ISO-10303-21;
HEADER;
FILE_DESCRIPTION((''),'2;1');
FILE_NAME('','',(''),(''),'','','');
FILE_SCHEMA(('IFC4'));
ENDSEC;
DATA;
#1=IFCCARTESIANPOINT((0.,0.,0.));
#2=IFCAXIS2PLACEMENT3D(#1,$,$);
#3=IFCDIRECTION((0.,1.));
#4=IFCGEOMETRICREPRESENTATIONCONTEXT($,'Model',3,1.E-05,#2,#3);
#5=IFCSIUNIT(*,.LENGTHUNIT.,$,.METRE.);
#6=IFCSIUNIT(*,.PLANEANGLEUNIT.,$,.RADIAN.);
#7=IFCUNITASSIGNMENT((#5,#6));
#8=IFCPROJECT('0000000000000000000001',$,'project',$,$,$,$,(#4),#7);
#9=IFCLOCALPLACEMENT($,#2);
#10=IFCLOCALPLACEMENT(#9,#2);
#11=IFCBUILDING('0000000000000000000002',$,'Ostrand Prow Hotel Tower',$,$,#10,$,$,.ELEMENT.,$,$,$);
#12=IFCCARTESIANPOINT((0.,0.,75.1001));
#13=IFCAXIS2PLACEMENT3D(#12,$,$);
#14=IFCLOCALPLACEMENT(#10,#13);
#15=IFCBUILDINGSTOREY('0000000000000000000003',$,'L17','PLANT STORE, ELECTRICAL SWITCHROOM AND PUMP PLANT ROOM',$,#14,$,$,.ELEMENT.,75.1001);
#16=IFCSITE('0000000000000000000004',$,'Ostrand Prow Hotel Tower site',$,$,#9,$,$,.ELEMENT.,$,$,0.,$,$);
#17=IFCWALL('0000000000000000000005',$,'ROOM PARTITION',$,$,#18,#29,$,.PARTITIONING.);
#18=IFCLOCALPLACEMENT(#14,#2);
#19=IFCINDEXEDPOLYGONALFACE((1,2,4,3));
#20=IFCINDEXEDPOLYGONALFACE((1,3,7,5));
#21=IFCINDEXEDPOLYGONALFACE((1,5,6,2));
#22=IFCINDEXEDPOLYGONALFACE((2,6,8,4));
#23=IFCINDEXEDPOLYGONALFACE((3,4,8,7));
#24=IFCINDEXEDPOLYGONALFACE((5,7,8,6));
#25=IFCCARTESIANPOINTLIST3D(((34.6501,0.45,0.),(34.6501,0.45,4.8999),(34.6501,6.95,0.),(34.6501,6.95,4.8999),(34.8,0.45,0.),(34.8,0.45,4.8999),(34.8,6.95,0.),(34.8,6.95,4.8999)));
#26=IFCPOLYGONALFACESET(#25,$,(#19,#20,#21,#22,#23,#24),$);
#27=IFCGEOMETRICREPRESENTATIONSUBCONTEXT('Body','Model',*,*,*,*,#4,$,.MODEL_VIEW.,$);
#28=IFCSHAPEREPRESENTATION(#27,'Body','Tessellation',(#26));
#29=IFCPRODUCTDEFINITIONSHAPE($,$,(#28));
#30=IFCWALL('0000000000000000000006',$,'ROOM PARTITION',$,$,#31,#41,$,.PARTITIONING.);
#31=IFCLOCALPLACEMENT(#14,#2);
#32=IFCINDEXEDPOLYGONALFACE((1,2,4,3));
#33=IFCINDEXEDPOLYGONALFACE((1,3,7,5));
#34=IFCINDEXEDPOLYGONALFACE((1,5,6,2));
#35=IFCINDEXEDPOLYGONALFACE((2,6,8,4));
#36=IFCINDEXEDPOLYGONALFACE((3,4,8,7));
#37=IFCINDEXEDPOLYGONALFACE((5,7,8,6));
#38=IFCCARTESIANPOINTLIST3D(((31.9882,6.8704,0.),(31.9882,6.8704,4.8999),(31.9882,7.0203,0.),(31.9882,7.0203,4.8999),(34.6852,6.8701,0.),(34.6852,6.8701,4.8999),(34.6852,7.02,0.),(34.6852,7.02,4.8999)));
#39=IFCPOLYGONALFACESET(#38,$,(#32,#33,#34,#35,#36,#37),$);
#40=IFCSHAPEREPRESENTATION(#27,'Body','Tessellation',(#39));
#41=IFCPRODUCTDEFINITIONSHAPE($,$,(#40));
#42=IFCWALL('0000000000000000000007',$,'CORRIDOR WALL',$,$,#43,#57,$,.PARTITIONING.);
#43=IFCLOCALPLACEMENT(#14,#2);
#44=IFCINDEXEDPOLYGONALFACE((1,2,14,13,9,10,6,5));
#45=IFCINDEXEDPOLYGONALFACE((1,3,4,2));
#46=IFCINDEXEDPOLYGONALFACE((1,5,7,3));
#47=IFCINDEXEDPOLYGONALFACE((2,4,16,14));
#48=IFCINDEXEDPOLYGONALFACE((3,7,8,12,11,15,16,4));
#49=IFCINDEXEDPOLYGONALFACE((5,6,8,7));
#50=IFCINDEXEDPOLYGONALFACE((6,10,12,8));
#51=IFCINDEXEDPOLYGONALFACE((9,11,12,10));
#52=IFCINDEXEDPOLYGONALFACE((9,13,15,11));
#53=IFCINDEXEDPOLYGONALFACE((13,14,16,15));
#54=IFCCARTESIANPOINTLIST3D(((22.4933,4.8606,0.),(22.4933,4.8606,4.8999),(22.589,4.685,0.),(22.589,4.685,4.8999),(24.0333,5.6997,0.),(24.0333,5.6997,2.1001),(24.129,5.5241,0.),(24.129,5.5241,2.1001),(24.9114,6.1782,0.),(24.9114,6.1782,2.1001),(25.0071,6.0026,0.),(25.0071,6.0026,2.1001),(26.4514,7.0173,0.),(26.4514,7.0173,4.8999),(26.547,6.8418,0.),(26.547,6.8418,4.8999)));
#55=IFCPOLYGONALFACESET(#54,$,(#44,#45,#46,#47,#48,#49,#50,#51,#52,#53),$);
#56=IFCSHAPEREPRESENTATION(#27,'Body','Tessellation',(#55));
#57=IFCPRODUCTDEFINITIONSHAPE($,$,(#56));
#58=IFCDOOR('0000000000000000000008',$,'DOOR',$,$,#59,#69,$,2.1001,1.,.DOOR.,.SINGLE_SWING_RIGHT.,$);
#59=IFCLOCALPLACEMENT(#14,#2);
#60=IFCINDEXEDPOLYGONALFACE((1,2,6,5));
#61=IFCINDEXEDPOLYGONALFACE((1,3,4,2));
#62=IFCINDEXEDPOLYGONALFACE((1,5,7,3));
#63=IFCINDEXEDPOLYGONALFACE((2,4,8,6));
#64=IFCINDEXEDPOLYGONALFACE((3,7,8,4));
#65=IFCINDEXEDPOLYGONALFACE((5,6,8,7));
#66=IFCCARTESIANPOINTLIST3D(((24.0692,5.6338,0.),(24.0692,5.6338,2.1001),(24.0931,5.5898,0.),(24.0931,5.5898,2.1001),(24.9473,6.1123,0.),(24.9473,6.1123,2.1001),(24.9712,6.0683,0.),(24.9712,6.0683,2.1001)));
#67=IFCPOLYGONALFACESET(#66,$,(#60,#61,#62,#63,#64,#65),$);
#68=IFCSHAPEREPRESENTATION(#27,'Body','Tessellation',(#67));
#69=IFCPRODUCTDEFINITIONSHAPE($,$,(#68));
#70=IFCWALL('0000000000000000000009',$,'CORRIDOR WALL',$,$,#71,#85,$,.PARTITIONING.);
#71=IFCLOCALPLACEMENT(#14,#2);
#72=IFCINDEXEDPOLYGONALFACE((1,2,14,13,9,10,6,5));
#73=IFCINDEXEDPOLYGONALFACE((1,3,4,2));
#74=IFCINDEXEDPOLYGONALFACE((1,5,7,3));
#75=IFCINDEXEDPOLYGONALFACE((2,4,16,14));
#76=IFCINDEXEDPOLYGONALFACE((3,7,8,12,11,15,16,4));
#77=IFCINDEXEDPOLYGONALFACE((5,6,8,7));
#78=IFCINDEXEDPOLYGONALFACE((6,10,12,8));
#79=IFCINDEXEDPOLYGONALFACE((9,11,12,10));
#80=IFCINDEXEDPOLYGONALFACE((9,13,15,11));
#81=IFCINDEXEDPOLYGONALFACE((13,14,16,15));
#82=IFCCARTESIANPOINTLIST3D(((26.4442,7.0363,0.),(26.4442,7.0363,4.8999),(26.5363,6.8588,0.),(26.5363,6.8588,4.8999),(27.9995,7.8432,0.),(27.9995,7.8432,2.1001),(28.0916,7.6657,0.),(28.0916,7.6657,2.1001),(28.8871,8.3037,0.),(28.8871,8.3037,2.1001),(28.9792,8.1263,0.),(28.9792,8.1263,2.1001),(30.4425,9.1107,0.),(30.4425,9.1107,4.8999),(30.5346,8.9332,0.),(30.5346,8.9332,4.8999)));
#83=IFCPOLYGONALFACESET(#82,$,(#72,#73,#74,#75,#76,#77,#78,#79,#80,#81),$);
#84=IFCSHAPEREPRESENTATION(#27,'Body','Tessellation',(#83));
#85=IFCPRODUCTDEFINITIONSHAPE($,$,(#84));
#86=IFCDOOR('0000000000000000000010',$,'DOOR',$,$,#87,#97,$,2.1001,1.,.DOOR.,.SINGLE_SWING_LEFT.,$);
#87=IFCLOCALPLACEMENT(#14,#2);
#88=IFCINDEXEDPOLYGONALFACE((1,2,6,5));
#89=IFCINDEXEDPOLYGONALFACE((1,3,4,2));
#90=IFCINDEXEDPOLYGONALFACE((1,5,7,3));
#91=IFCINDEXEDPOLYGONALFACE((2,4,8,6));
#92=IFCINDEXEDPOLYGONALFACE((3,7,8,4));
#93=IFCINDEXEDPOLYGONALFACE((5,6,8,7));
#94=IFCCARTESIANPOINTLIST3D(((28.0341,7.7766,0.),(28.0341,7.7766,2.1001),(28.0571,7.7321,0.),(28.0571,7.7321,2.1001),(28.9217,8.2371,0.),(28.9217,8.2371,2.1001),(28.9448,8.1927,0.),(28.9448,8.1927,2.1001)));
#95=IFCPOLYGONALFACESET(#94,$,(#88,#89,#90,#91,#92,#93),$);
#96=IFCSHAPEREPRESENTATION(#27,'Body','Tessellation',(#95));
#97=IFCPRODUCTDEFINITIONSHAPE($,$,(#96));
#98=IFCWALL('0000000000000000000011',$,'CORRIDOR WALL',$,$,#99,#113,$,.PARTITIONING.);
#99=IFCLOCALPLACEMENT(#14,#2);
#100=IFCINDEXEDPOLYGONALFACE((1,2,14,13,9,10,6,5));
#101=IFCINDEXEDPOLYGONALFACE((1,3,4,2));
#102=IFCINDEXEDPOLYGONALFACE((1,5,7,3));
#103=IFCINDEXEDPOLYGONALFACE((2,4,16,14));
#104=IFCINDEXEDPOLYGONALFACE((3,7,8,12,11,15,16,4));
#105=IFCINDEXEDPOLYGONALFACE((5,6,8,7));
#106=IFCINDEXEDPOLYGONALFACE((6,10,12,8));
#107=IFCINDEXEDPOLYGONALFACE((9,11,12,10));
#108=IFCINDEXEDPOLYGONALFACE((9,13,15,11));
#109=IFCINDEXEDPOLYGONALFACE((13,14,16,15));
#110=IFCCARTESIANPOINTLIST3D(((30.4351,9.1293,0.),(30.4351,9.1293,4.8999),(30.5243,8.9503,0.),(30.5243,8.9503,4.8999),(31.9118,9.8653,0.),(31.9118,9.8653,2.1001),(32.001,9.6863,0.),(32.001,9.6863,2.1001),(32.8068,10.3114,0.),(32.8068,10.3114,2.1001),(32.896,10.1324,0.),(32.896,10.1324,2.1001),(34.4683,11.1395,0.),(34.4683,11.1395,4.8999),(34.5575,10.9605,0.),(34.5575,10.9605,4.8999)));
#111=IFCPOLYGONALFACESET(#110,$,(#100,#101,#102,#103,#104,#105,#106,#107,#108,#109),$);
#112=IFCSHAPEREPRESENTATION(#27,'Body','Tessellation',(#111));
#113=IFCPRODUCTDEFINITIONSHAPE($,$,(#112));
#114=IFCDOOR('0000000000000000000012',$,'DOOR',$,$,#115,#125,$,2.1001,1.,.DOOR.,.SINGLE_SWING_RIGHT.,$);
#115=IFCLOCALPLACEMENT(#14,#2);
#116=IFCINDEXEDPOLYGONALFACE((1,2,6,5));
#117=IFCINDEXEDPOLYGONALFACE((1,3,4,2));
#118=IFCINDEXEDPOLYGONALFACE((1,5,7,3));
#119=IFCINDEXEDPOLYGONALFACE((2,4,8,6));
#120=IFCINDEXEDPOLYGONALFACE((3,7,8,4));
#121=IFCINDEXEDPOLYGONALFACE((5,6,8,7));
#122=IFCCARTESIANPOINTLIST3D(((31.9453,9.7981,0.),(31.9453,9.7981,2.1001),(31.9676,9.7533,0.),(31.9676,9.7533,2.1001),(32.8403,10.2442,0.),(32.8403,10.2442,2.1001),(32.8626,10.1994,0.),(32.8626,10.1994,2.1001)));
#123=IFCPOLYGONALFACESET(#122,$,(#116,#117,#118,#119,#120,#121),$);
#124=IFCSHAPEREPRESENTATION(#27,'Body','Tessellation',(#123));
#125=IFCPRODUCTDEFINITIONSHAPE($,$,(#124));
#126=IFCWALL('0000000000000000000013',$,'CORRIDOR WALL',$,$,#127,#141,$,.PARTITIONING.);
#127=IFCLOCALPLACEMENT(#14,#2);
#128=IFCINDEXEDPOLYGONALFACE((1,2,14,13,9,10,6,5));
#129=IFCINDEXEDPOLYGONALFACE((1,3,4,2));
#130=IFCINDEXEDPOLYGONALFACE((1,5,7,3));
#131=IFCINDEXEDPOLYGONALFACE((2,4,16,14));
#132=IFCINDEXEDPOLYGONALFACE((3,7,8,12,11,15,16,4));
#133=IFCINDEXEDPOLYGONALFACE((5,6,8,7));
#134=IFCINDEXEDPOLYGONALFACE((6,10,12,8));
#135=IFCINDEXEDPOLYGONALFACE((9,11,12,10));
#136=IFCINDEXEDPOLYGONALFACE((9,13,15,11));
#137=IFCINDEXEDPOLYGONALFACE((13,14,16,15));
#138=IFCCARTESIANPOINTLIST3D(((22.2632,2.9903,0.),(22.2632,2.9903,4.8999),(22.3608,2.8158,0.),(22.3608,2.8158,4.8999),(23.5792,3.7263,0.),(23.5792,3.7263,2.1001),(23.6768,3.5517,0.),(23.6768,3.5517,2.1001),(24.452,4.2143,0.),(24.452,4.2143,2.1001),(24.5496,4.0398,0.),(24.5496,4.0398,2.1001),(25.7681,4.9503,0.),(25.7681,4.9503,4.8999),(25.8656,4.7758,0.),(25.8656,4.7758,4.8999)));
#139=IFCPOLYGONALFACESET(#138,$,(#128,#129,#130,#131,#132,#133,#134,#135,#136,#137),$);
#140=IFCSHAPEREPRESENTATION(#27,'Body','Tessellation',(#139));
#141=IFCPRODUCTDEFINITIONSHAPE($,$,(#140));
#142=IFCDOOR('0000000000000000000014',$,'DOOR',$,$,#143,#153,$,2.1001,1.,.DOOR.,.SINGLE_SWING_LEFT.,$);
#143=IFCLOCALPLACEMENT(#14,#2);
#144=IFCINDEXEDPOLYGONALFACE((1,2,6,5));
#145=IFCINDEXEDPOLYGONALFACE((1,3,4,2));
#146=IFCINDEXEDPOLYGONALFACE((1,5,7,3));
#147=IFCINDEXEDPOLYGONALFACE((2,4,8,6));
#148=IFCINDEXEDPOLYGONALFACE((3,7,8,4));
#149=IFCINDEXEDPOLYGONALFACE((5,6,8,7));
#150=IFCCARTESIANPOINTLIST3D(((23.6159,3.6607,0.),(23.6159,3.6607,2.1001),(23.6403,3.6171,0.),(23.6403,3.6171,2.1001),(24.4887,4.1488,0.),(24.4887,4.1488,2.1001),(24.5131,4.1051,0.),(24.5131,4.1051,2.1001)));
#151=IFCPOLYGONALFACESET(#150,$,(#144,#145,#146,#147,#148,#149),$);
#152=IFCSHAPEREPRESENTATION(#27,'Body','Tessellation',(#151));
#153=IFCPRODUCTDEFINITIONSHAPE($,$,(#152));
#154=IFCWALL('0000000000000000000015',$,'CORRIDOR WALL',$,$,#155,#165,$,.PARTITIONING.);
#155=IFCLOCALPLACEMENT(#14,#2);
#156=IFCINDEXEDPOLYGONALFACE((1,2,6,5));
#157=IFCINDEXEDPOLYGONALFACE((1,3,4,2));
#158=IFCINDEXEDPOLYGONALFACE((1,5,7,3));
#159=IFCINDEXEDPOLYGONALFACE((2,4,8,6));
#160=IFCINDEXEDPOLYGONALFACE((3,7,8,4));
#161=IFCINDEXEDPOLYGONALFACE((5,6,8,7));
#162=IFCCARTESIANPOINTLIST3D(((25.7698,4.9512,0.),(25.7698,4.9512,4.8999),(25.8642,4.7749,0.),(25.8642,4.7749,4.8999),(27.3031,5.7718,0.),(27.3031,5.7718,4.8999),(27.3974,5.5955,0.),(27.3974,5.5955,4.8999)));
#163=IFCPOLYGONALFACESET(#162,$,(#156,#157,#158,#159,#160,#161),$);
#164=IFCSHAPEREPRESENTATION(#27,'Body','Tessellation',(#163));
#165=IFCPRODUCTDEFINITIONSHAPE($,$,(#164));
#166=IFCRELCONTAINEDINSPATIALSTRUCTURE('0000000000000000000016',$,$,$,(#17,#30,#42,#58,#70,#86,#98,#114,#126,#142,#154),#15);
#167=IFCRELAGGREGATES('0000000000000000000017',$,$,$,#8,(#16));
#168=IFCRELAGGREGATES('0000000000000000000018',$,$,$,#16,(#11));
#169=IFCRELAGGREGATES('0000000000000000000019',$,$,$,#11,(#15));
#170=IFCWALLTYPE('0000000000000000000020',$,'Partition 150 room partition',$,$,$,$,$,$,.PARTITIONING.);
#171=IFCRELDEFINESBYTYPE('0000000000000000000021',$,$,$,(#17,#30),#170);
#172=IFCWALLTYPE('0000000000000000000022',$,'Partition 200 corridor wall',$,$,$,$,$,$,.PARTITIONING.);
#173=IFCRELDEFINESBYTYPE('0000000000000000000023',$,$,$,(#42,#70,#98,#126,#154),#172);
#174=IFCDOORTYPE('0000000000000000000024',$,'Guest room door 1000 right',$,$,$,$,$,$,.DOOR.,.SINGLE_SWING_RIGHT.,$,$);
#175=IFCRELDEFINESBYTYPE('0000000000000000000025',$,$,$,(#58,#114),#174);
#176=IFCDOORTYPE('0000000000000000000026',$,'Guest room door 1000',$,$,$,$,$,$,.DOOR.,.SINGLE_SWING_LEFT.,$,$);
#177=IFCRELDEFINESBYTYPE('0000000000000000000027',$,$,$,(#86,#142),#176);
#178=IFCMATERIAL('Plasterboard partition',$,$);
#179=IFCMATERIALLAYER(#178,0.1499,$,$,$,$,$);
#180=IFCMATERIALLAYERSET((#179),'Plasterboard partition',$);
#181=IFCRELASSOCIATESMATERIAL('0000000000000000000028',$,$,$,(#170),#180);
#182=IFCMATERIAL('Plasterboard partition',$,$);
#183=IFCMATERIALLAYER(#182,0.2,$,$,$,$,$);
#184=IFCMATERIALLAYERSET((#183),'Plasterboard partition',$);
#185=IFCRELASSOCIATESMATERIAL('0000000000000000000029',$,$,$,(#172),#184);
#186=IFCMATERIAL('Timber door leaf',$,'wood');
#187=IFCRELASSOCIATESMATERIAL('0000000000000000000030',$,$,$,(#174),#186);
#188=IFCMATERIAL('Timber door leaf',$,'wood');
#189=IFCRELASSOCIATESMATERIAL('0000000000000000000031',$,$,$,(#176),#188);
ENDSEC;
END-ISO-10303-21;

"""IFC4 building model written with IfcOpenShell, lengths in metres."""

from ifc_helpers import new_model, si_unit, direction, frame, frame_2d, origin, place, context, subcontext, project, spatial, rectangle, extrude, material, layer, layer_set, type_object, element, fill, save


model = new_model("IFC4")

# Units and contexts
model_context = context("Model", 3, precision=1e-05, world=origin(), true_north=direction((0.0, 1.0)))
body_context = subcontext(model_context, "Body", "Model", "MODEL_VIEW")
ifc_project = project(units=[si_unit("LENGTHUNIT", "METRE"), si_unit("PLANEANGLEUNIT", "RADIAN")], contexts=[model_context])

# Site, building, storey
site_placement = place(None, origin())
site = spatial("IfcSite", under=ifc_project, at=site_placement, Name="Ostrand Prow Hotel Tower site", CompositionType="ELEMENT", RefElevation=0.0)
building_placement = place(site_placement, origin())
building = spatial("IfcBuilding", under=site, at=building_placement, Name="Ostrand Prow Hotel Tower", CompositionType="ELEMENT")
storey_placement = place(building_placement, frame((0.0, 0.0, 75.1001)))
storey = spatial("IfcBuildingStorey", under=building, at=storey_placement, Name="L17", Description="PLANT STORE, ELECTRICAL SWITCHROOM AND PUMP PLANT ROOM", CompositionType="ELEMENT", Elevation=75.1001)

# Walls
ifc_material_1 = material(Name="Plasterboard partition")
ifc_layer_1 = layer(ifc_material_1, 0.1499)
ifc_layer_set_1 = layer_set([ifc_layer_1], Name="Plasterboard partition")
wall_type_1 = type_object("IfcWallType", Name="Partition 150 room partition", PredefinedType="PARTITIONING", material=ifc_layer_set_1)
wall_1_placement = place(storey_placement, frame((34.7251, 0.45, 0.0), z_axis=(0.0, 0.0, 1.0), x_axis=(0.0, 1.0, 0.0)))
element("IfcWall", 1, at=wall_1_placement, inside=storey, type_object=wall_type_1, Name="ROOM PARTITION", PredefinedType="PARTITIONING", context=body_context, shape_type="SweptSolid", body=[
    extrude(rectangle(XDim=6.5, YDim=0.1499, at=frame_2d((3.25, 0.0))), origin(), (0.0, 0.0, 1.0), 4.8999),
])
wall_2_placement = place(storey_placement, frame((31.988, 6.9453, 0.0), z_axis=(0.0, 0.0, 1.0), x_axis=(1.0, -0.000091, 0.0)))
element("IfcWall", 2, at=wall_2_placement, inside=storey, type_object=wall_type_1, Name="ROOM PARTITION", PredefinedType="PARTITIONING", context=body_context, shape_type="SweptSolid", body=[
    extrude(rectangle(XDim=2.697, YDim=0.1499, at=frame_2d((1.3486, 0.0))), origin(), (0.0, 0.0, 1.0), 4.8999),
])

# Walls, openings, doors
ifc_material_2 = material(Name="Plasterboard partition")
ifc_layer_2 = layer(ifc_material_2, 0.2)
ifc_layer_set_2 = layer_set([ifc_layer_2], Name="Plasterboard partition")
wall_type_2 = type_object("IfcWallType", Name="Partition 200 corridor wall", PredefinedType="PARTITIONING", material=ifc_layer_set_2)
wall_3_placement = place(storey_placement, frame((22.541, 4.7727, 0.0), z_axis=(0.0, 0.0, 1.0), x_axis=(0.878098, 0.47848, 0.0)))
wall_3 = element("IfcWall", 3, at=wall_3_placement, inside=storey, type_object=wall_type_2, Name="CORRIDOR WALL", PredefinedType="PARTITIONING", context=body_context, shape_type="SweptSolid", body=[
    extrude(rectangle(XDim=4.5076, YDim=0.2, at=frame_2d((2.2539, 0.0))), origin(), (0.0, 0.0, 1.0), 4.8999),
])
opening_1_placement = place(wall_3_placement, frame((1.7539, 0.0, 0.0)))
opening_1 = element("IfcOpeningElement", 4, at=opening_1_placement, cuts=wall_3, PredefinedType="OPENING", context=body_context, shape_type="SweptSolid", body=[
    extrude(rectangle(XDim=1.0, YDim=2.1001, at=frame_2d((0.5, 1.05))), frame((0.0, 0.1099, 0.0), z_axis=(0.0, -1.0, 0.0), x_axis=(1.0, 0.0, 0.0)), (0.0, 0.0, 1.0), 0.22),
])
ifc_material_3 = material(Name="Timber door leaf", Category="wood")
door_type_1 = type_object("IfcDoorType", Name="Guest room door 1000 right", OperationType="SINGLE_SWING_RIGHT", PredefinedType="DOOR", material=ifc_material_3)
door_1_placement = place(opening_1_placement, origin())
door_1 = element("IfcDoor", 5, at=door_1_placement, inside=storey, type_object=door_type_1, Name="DOOR", OperationType="SINGLE_SWING_RIGHT", OverallHeight=2.1001, OverallWidth=1.0, PredefinedType="DOOR", context=body_context, shape_type="SweptSolid", body=[
    extrude(rectangle(XDim=1.0, YDim=2.1001, at=frame_2d((0.5, 1.05))), frame((0.0, 0.0249, 0.0), z_axis=(0.0, -1.0, 0.0), x_axis=(1.0, 0.0, 0.0)), (0.0, 0.0, 1.0), 0.05),
])
fill(opening_1, door_1)
wall_4_placement = place(storey_placement, frame((26.4902, 6.9475, 0.0), z_axis=(0.0, 0.0, 1.0), x_axis=(0.887639, 0.46054, 0.0)))
wall_4 = element("IfcWall", 6, at=wall_4_placement, inside=storey, type_object=wall_type_2, Name="CORRIDOR WALL", PredefinedType="PARTITIONING", context=body_context, shape_type="SweptSolid", body=[
    extrude(rectangle(XDim=4.5044, YDim=0.2, at=frame_2d((2.2522, 0.0))), origin(), (0.0, 0.0, 1.0), 4.8999),
])
opening_2_placement = place(wall_4_placement, frame((1.7522, 0.0, 0.0)))
opening_2 = element("IfcOpeningElement", 7, at=opening_2_placement, cuts=wall_4, PredefinedType="OPENING", context=body_context, shape_type="SweptSolid", body=[
    extrude(rectangle(XDim=1.0, YDim=2.1001, at=frame_2d((0.5, 1.05))), frame((0.0, 0.1099, 0.0), z_axis=(0.0, -1.0, 0.0), x_axis=(1.0, 0.0, 0.0)), (0.0, 0.0, 1.0), 0.22),
])
ifc_material_4 = material(Name="Timber door leaf", Category="wood")
door_type_2 = type_object("IfcDoorType", Name="Guest room door 1000", OperationType="SINGLE_SWING_LEFT", PredefinedType="DOOR", material=ifc_material_4)
door_2_placement = place(opening_2_placement, origin())
door_2 = element("IfcDoor", 8, at=door_2_placement, inside=storey, type_object=door_type_2, Name="DOOR", OperationType="SINGLE_SWING_LEFT", OverallHeight=2.1001, OverallWidth=1.0, PredefinedType="DOOR", context=body_context, shape_type="SweptSolid", body=[
    extrude(rectangle(XDim=1.0, YDim=2.1001, at=frame_2d((0.5, 1.05))), frame((0.0, 0.0249, 0.0), z_axis=(0.0, -1.0, 0.0), x_axis=(1.0, 0.0, 0.0)), (0.0, 0.0, 1.0), 0.05),
])
fill(opening_2, door_2)
wall_5_placement = place(storey_placement, frame((30.4797, 9.0398, 0.0), z_axis=(0.0, 0.0, 1.0), x_axis=(0.89499, 0.446086, 0.0)))
wall_5 = element("IfcWall", 9, at=wall_5_placement, inside=storey, type_object=wall_type_2, Name="CORRIDOR WALL", PredefinedType="PARTITIONING", context=body_context, shape_type="SweptSolid", body=[
    extrude(rectangle(XDim=4.5063, YDim=0.2, at=frame_2d((2.2532, 0.0))), origin(), (0.0, 0.0, 1.0), 4.8999),
])
opening_3_placement = place(wall_5_placement, frame((1.6499, 0.0, 0.0)))
opening_3 = element("IfcOpeningElement", 10, at=opening_3_placement, cuts=wall_5, PredefinedType="OPENING", context=body_context, shape_type="SweptSolid", body=[
    extrude(rectangle(XDim=1.0, YDim=2.1001, at=frame_2d((0.5, 1.05))), frame((0.0, 0.1099, 0.0), z_axis=(0.0, -1.0, 0.0), x_axis=(1.0, 0.0, 0.0)), (0.0, 0.0, 1.0), 0.22),
])
door_3_placement = place(opening_3_placement, origin())
door_3 = element("IfcDoor", 11, at=door_3_placement, inside=storey, type_object=door_type_1, Name="DOOR", OperationType="SINGLE_SWING_RIGHT", OverallHeight=2.1001, OverallWidth=1.0, PredefinedType="DOOR", context=body_context, shape_type="SweptSolid", body=[
    extrude(rectangle(XDim=1.0, YDim=2.1001, at=frame_2d((0.5, 1.05))), frame((0.0, 0.0249, 0.0), z_axis=(0.0, -1.0, 0.0), x_axis=(1.0, 0.0, 0.0)), (0.0, 0.0, 1.0), 0.05),
])
fill(opening_3, door_3)
wall_6_placement = place(storey_placement, frame((22.312, 2.9031, 0.0), z_axis=(0.0, 0.0, 1.0), x_axis=(0.8728, 0.488078, 0.0)))
wall_6 = element("IfcWall", 12, at=wall_6_placement, inside=storey, type_object=wall_type_2, Name="CORRIDOR WALL", PredefinedType="PARTITIONING", context=body_context, shape_type="SweptSolid", body=[
    extrude(rectangle(XDim=4.0156, YDim=0.2, at=frame_2d((2.0078, 0.0))), origin(), (0.0, 0.0, 1.0), 4.8999),
])
opening_4_placement = place(wall_6_placement, frame((1.5078, 0.0, 0.0)))
opening_4 = element("IfcOpeningElement", 13, at=opening_4_placement, cuts=wall_6, PredefinedType="OPENING", context=body_context, shape_type="SweptSolid", body=[
    extrude(rectangle(XDim=1.0, YDim=2.1001, at=frame_2d((0.5, 1.05))), frame((0.0, 0.1099, 0.0), z_axis=(0.0, -1.0, 0.0), x_axis=(1.0, 0.0, 0.0)), (0.0, 0.0, 1.0), 0.22),
])
door_4_placement = place(opening_4_placement, origin())
door_4 = element("IfcDoor", 14, at=door_4_placement, inside=storey, type_object=door_type_2, Name="DOOR", OperationType="SINGLE_SWING_LEFT", OverallHeight=2.1001, OverallWidth=1.0, PredefinedType="DOOR", context=body_context, shape_type="SweptSolid", body=[
    extrude(rectangle(XDim=1.0, YDim=2.1001, at=frame_2d((0.5, 1.05))), frame((0.0, 0.0249, 0.0), z_axis=(0.0, -1.0, 0.0), x_axis=(1.0, 0.0, 0.0)), (0.0, 0.0, 1.0), 0.05),
])
fill(opening_4, door_4)

# Wall
wall_7_placement = place(storey_placement, frame((25.8169, 4.863, 0.0), z_axis=(0.0, 0.0, 1.0), x_axis=(0.881672, 0.471863, 0.0)))
element("IfcWall", 15, at=wall_7_placement, inside=storey, type_object=wall_type_2, Name="CORRIDOR WALL", PredefinedType="PARTITIONING", context=body_context, shape_type="SweptSolid", body=[
    extrude(rectangle(XDim=1.739, YDim=0.2, at=frame_2d((0.8696, 0.0))), origin(), (0.0, 0.0, 1.0), 4.8999),
])

save(model, "model.ifc")
